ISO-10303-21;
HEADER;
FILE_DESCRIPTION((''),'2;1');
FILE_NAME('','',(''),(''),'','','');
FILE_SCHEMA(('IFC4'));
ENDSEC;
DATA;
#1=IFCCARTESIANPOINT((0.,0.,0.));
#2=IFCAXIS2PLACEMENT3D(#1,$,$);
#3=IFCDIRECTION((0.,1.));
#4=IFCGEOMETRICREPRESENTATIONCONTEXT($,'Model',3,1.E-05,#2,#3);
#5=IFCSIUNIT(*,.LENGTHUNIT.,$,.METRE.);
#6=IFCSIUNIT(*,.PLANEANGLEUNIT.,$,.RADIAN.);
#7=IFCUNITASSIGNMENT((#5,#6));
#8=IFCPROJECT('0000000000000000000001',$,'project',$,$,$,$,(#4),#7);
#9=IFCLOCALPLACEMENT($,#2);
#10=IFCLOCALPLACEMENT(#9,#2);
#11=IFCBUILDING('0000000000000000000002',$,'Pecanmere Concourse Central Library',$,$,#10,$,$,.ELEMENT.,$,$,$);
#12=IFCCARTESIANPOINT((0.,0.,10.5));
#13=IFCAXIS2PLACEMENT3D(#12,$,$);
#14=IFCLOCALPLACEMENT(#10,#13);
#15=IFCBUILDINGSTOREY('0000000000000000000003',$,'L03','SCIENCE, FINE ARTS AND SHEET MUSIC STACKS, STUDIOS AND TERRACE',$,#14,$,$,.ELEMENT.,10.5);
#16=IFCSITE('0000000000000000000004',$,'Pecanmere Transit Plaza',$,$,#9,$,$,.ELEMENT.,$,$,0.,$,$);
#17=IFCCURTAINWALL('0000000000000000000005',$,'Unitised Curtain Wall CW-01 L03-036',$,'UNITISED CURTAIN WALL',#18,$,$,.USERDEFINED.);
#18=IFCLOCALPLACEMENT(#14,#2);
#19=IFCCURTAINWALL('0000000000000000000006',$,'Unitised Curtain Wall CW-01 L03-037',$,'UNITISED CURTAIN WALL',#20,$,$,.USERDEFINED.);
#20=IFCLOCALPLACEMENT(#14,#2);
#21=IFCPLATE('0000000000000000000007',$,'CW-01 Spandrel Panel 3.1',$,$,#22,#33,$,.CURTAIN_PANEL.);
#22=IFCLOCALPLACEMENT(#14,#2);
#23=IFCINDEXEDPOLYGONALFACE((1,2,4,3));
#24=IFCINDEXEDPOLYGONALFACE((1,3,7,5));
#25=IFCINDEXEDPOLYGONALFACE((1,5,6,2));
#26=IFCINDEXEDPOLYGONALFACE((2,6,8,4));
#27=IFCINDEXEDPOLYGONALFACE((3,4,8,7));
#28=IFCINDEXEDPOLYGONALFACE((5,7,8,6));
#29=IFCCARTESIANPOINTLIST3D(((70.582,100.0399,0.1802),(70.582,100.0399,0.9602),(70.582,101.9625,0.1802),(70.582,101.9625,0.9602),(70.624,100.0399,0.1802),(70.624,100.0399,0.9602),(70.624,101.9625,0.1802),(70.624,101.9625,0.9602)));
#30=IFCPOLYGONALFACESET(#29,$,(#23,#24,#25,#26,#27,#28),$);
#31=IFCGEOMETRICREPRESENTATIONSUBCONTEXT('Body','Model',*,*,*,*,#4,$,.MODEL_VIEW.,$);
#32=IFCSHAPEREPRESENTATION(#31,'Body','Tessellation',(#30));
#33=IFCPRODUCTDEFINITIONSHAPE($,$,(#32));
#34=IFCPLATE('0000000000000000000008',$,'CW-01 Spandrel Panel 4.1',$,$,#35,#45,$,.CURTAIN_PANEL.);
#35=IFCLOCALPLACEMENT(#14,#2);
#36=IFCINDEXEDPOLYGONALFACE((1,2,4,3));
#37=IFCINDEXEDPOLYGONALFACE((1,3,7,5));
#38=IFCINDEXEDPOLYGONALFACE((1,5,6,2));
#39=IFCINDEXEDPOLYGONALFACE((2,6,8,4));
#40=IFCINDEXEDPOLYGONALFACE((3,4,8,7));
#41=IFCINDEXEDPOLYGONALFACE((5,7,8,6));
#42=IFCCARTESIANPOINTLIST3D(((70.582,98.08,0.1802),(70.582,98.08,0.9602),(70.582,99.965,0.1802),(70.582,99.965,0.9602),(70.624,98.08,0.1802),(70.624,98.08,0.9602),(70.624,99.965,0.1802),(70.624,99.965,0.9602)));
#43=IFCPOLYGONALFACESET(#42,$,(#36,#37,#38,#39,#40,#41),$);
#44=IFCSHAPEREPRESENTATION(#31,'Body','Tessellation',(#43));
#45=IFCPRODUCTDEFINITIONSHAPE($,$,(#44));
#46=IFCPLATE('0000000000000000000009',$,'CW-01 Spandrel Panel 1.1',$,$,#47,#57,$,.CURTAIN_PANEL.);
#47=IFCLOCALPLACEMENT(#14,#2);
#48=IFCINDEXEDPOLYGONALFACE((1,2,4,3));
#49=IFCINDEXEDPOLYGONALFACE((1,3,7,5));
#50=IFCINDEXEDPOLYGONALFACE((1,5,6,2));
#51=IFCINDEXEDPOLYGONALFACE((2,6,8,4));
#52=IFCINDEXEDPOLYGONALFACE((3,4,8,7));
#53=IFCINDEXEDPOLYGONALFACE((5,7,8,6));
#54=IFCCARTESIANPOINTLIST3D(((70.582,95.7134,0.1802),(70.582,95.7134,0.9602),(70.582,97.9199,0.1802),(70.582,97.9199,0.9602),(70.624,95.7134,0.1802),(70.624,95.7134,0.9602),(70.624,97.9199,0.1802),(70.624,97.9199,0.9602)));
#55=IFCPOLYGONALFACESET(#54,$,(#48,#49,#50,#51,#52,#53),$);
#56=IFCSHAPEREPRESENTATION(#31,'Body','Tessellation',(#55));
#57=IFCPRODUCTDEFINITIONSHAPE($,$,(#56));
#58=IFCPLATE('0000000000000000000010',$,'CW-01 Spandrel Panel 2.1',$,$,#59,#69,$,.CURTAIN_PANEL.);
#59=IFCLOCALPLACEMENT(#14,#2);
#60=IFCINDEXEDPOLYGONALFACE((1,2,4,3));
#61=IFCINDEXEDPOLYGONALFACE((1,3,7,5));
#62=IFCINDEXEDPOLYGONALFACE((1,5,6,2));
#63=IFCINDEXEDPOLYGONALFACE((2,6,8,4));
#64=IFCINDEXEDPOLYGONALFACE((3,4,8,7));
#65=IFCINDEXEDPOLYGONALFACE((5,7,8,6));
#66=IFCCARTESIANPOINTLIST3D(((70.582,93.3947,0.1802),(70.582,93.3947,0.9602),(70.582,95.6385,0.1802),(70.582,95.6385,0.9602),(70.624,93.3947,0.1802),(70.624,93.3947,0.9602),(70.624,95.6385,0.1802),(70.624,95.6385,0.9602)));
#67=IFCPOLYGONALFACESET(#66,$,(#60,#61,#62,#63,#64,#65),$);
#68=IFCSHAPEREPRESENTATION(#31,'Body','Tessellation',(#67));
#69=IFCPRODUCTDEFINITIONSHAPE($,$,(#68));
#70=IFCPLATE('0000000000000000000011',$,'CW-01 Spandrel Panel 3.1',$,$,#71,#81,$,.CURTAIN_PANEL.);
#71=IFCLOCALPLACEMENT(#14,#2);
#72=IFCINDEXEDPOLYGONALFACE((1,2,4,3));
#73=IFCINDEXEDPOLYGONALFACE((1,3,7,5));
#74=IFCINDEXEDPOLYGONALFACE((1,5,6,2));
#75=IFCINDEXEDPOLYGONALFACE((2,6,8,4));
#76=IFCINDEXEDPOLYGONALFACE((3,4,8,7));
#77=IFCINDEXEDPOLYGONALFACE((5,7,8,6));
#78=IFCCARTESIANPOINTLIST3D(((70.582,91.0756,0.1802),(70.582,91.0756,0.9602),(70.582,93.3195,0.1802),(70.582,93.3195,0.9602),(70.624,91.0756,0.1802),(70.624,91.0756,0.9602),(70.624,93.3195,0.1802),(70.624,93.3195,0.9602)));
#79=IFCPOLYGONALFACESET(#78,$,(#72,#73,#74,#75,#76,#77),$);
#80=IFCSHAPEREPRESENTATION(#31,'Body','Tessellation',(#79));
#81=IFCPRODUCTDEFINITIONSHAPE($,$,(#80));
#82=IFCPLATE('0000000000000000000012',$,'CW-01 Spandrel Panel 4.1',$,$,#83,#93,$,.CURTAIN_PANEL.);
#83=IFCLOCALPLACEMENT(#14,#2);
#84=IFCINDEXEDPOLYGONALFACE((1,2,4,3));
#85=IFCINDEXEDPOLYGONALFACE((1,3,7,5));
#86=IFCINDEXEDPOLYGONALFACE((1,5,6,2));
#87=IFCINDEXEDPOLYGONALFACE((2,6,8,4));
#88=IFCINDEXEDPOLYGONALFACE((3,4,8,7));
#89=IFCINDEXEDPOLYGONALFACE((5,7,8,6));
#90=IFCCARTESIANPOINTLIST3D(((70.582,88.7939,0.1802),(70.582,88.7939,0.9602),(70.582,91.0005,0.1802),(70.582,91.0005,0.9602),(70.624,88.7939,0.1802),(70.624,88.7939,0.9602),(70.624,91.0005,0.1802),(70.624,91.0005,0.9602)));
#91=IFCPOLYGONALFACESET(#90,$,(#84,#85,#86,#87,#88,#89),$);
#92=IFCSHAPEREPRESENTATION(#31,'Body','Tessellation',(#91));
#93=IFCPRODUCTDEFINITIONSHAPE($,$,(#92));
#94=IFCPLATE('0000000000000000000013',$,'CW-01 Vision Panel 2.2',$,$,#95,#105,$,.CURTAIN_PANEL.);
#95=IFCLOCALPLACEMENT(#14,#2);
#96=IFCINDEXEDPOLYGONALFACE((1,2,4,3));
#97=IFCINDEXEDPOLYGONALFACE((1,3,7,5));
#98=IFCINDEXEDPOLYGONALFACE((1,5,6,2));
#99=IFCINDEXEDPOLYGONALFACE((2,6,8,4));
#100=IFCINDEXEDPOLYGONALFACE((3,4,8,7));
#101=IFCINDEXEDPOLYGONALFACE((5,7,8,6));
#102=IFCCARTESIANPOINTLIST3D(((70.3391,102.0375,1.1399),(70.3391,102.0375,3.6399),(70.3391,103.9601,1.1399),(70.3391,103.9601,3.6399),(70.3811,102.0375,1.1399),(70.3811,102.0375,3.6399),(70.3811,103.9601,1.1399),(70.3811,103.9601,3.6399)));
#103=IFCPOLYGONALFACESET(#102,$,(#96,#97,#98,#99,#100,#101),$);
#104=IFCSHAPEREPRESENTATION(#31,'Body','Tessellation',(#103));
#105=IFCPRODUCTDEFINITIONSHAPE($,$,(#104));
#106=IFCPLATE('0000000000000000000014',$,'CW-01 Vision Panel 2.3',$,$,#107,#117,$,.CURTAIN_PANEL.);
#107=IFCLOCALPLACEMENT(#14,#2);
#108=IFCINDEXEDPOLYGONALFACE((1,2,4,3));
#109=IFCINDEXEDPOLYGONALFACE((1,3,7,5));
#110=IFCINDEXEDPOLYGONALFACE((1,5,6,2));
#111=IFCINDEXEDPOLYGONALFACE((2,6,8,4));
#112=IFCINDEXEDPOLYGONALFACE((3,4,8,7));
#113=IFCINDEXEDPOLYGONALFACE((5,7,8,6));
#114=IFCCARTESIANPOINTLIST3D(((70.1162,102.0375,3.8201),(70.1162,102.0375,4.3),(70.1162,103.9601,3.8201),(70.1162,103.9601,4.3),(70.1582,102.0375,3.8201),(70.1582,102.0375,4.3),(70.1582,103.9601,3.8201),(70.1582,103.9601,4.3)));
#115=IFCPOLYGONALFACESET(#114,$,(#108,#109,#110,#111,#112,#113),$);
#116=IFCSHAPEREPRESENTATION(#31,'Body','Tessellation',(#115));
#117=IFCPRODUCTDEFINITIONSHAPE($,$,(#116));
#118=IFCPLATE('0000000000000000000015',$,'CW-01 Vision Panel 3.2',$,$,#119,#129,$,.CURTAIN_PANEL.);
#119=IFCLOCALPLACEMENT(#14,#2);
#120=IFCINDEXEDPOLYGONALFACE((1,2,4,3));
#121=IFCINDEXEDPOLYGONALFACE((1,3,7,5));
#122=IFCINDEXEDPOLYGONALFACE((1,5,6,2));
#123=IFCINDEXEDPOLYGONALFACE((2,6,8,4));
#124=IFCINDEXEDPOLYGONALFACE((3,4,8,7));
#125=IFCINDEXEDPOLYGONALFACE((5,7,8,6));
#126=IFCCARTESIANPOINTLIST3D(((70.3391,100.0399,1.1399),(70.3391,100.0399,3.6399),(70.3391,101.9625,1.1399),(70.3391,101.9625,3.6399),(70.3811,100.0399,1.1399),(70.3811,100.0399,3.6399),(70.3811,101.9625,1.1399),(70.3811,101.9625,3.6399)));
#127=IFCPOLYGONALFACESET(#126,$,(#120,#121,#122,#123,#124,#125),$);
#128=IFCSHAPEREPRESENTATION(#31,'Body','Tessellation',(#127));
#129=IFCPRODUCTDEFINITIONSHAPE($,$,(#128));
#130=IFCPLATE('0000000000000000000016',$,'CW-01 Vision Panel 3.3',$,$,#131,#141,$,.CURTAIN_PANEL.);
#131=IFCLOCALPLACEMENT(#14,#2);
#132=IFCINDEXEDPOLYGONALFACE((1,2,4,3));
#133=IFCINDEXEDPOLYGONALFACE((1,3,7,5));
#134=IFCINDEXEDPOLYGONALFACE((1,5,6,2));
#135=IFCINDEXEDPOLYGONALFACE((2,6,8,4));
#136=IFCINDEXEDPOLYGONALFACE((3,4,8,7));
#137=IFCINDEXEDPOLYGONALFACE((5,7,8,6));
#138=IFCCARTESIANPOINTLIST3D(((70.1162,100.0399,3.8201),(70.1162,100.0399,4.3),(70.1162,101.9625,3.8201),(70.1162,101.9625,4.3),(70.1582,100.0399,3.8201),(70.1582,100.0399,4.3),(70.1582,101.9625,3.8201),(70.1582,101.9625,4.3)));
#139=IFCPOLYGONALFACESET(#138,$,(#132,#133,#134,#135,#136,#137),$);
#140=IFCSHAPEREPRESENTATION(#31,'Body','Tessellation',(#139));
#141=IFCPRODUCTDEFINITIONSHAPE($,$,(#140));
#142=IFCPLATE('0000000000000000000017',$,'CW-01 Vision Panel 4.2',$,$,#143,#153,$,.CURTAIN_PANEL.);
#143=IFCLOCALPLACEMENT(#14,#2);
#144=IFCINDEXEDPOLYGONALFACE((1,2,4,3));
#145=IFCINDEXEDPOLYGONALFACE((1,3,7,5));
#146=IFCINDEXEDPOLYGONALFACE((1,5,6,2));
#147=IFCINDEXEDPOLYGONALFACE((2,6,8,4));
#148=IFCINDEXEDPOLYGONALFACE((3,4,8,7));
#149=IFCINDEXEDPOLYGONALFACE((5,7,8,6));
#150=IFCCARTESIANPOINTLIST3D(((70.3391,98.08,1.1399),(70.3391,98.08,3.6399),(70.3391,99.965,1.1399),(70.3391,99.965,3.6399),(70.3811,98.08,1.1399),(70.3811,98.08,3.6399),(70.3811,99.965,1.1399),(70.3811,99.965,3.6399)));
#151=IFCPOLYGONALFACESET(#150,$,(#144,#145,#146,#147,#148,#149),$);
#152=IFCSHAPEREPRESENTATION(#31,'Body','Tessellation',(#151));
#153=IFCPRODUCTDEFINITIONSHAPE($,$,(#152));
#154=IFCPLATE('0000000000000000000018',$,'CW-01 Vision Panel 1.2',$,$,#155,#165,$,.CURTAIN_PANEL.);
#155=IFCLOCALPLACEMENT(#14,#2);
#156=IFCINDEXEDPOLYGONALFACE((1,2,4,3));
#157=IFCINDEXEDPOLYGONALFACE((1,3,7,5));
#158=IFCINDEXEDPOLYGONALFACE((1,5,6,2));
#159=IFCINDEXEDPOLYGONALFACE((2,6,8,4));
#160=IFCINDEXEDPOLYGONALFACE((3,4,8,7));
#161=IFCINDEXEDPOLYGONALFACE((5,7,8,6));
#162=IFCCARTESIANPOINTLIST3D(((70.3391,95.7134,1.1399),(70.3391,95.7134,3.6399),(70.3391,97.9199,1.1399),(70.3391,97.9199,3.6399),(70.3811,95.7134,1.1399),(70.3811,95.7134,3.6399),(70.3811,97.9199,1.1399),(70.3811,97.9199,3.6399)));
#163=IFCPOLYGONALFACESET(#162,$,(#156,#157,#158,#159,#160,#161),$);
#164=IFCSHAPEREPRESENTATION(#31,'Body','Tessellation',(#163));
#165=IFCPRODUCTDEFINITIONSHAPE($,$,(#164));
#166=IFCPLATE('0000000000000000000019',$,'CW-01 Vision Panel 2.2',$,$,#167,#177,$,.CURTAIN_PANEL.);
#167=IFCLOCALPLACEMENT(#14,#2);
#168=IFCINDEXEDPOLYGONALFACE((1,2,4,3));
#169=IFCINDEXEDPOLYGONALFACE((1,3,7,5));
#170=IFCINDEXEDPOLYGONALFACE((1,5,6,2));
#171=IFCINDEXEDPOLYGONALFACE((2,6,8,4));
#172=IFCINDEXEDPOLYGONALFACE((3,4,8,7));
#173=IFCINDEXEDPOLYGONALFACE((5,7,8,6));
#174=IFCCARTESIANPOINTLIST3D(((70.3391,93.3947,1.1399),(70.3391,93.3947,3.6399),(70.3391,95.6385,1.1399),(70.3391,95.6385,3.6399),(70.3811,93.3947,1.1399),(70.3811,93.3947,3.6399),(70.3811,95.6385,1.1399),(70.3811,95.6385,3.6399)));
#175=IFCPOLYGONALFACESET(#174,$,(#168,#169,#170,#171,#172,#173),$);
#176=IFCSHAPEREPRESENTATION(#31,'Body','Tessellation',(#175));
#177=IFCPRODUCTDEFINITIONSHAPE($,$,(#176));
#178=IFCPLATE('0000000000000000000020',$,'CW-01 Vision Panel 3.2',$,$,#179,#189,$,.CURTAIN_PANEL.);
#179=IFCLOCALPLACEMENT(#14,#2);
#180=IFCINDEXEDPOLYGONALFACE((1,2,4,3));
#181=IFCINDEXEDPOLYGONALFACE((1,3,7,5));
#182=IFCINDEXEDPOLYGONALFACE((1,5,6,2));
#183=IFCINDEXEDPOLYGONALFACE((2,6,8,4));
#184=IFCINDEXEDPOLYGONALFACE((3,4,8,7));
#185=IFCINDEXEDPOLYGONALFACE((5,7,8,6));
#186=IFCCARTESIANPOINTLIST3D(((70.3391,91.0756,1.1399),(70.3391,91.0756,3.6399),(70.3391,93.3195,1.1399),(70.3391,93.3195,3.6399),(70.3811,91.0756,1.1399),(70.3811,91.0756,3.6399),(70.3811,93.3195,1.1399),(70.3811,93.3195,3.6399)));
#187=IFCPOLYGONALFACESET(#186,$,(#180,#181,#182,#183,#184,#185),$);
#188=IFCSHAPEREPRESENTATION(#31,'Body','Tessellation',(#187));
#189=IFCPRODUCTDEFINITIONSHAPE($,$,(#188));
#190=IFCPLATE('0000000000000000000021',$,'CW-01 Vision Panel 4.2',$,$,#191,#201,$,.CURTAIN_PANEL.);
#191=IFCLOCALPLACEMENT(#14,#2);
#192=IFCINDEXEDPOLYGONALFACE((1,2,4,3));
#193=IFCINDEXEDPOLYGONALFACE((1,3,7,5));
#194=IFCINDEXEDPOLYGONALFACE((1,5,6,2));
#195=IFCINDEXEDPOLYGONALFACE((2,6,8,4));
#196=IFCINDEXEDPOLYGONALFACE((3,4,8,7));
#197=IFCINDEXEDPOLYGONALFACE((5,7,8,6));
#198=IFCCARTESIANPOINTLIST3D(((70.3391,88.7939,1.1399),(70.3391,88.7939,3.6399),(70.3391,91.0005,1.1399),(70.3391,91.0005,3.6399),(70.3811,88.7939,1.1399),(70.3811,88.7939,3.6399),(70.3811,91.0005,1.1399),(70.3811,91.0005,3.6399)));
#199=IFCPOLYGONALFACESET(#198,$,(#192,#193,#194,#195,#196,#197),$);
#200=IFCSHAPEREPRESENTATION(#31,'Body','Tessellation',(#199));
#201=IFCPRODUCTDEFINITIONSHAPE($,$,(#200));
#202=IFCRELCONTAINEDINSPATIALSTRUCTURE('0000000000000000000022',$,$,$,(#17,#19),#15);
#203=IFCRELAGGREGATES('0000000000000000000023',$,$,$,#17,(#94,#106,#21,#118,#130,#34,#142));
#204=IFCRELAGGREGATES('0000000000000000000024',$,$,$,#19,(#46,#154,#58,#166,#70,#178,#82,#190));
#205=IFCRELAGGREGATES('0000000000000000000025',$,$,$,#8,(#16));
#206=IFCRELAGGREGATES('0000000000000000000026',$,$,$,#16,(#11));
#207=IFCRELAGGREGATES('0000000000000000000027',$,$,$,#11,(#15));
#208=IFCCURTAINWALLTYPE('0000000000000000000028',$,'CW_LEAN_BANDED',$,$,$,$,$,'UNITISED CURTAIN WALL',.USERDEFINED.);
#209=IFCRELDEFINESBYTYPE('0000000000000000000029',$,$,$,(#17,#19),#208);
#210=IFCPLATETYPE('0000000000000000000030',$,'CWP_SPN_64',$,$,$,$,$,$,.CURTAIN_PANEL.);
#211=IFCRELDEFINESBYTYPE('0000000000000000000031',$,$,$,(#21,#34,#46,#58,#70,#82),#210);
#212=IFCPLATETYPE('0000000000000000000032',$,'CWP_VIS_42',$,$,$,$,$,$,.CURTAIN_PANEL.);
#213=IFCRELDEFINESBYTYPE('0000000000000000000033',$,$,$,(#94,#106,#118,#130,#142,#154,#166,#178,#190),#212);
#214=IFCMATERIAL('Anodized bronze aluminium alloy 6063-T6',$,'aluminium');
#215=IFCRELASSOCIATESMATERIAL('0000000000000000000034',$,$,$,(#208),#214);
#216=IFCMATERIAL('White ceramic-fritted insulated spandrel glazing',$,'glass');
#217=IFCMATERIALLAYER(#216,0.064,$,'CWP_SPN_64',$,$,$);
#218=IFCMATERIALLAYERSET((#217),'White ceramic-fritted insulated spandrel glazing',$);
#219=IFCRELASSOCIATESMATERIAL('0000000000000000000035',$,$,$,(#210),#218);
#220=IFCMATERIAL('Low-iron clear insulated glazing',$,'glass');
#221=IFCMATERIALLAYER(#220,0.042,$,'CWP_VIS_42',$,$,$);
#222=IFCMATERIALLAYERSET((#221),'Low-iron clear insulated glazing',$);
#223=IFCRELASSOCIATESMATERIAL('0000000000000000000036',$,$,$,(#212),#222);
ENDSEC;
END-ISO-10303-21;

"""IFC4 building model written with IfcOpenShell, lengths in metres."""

from ifc_helpers import new_model, si_unit, direction, frame, origin, origin_2d, place, context, subcontext, project, spatial, rectangle, extrude, material, layer, layer_set, type_object, element, aggregate, save


model = new_model("IFC4")

# Units and contexts
model_context = context("Model", 3, precision=1e-05, world=origin(), true_north=direction((0.0, 1.0)))
body_context = subcontext(model_context, "Body", "Model", "MODEL_VIEW")
ifc_project = project(units=[si_unit("LENGTHUNIT", "METRE"), si_unit("PLANEANGLEUNIT", "RADIAN")], contexts=[model_context])

# Site, building, storey
site_placement = place(None, origin())
site = spatial("IfcSite", under=ifc_project, at=site_placement, Name="Pecanmere Transit Plaza", CompositionType="ELEMENT", RefElevation=0.0)
building_placement = place(site_placement, origin())
building = spatial("IfcBuilding", under=site, at=building_placement, Name="Pecanmere Concourse Central Library", CompositionType="ELEMENT")
storey_placement = place(building_placement, frame((0.0, 0.0, 10.5)))
storey = spatial("IfcBuildingStorey", under=building, at=storey_placement, Name="L03", Description="SCIENCE, FINE ARTS AND SHEET MUSIC STACKS, STUDIOS AND TERRACE", CompositionType="ELEMENT", Elevation=10.5)

# Curtain walls
ifc_material_1 = material(Name="Anodized bronze aluminium alloy 6063-T6", Category="aluminium")
curtain_wall_type = type_object("IfcCurtainWallType", Name="CW_LEAN_BANDED", ElementType="UNITISED CURTAIN WALL", PredefinedType="USERDEFINED", material=ifc_material_1)
curtain_wall_1_placement = place(storey_placement, origin())
curtain_wall_1 = element("IfcCurtainWall", 1, at=curtain_wall_1_placement, inside=storey, type_object=curtain_wall_type, Name="Unitised Curtain Wall CW-01 L03-036", ObjectType="UNITISED CURTAIN WALL", PredefinedType="USERDEFINED")
curtain_wall_2_placement = place(storey_placement, origin())
curtain_wall_2 = element("IfcCurtainWall", 2, at=curtain_wall_2_placement, inside=storey, type_object=curtain_wall_type, Name="Unitised Curtain Wall CW-01 L03-037", ObjectType="UNITISED CURTAIN WALL", PredefinedType="USERDEFINED")

# Plates
ifc_material_2 = material(Name="White ceramic-fritted insulated spandrel glazing", Category="glass")
ifc_layer_1 = layer(ifc_material_2, 0.064, Name="CWP_SPN_64")
ifc_layer_set_1 = layer_set([ifc_layer_1], Name="White ceramic-fritted insulated spandrel glazing")
plate_type_1 = type_object("IfcPlateType", Name="CWP_SPN_64", PredefinedType="CURTAIN_PANEL", material=ifc_layer_set_1)
plate_1_placement = place(storey_placement, frame((70.603, 101.0012, 0.1802), z_axis=(0.0, 0.0, 1.0), x_axis=(0.0, -1.0, 0.0)))
plate_1 = element("IfcPlate", 3, at=plate_1_placement, type_object=plate_type_1, Name="CW-01 Spandrel Panel 3.1", PredefinedType="CURTAIN_PANEL", context=body_context, shape_type="SweptSolid", body=[
    extrude(rectangle(XDim=1.9226, YDim=0.042, at=origin_2d()), origin(), (0.0, 0.0, 1.0), 0.78),
])
plate_2_placement = place(storey_placement, frame((70.603, 99.0225, 0.1802), z_axis=(0.0, 0.0, 1.0), x_axis=(0.0, -1.0, 0.0)))
plate_2 = element("IfcPlate", 4, at=plate_2_placement, type_object=plate_type_1, Name="CW-01 Spandrel Panel 4.1", PredefinedType="CURTAIN_PANEL", context=body_context, shape_type="SweptSolid", body=[
    extrude(rectangle(XDim=1.885, YDim=0.042, at=origin_2d()), origin(), (0.0, 0.0, 1.0), 0.78),
])
plate_3_placement = place(storey_placement, frame((70.603, 96.8167, 0.1802), z_axis=(0.0, 0.0, 1.0), x_axis=(0.0, -1.0, 0.0)))
plate_3 = element("IfcPlate", 5, at=plate_3_placement, type_object=plate_type_1, Name="CW-01 Spandrel Panel 1.1", PredefinedType="CURTAIN_PANEL", context=body_context, shape_type="SweptSolid", body=[
    extrude(rectangle(XDim=2.2065, YDim=0.042, at=origin_2d()), origin(), (0.0, 0.0, 1.0), 0.78),
])
plate_4_placement = place(storey_placement, frame((70.603, 94.5166, 0.1802), z_axis=(0.0, 0.0, 1.0), x_axis=(0.0, -1.0, 0.0)))
plate_4 = element("IfcPlate", 6, at=plate_4_placement, type_object=plate_type_1, Name="CW-01 Spandrel Panel 2.1", PredefinedType="CURTAIN_PANEL", context=body_context, shape_type="SweptSolid", body=[
    extrude(rectangle(XDim=2.2439, YDim=0.042, at=origin_2d()), origin(), (0.0, 0.0, 1.0), 0.78),
])
plate_5_placement = place(storey_placement, frame((70.603, 92.1975, 0.1802), z_axis=(0.0, 0.0, 1.0), x_axis=(0.0, -1.0, 0.0)))
plate_5 = element("IfcPlate", 7, at=plate_5_placement, type_object=plate_type_1, Name="CW-01 Spandrel Panel 3.1", PredefinedType="CURTAIN_PANEL", context=body_context, shape_type="SweptSolid", body=[
    extrude(rectangle(XDim=2.2439, YDim=0.042, at=origin_2d()), origin(), (0.0, 0.0, 1.0), 0.78),
])
plate_6_placement = place(storey_placement, frame((70.603, 89.8972, 0.1802), z_axis=(0.0, 0.0, 1.0), x_axis=(0.0, -1.0, 0.0)))
plate_6 = element("IfcPlate", 8, at=plate_6_placement, type_object=plate_type_1, Name="CW-01 Spandrel Panel 4.1", PredefinedType="CURTAIN_PANEL", context=body_context, shape_type="SweptSolid", body=[
    extrude(rectangle(XDim=2.2065, YDim=0.042, at=origin_2d()), origin(), (0.0, 0.0, 1.0), 0.78),
])
ifc_material_3 = material(Name="Low-iron clear insulated glazing", Category="glass")
ifc_layer_2 = layer(ifc_material_3, 0.042, Name="CWP_VIS_42")
ifc_layer_set_2 = layer_set([ifc_layer_2], Name="Low-iron clear insulated glazing")
plate_type_2 = type_object("IfcPlateType", Name="CWP_VIS_42", PredefinedType="CURTAIN_PANEL", material=ifc_layer_set_2)
plate_7_placement = place(storey_placement, frame((70.3601, 102.9988, 1.1399), z_axis=(0.0, 0.0, 1.0), x_axis=(0.0, -1.0, 0.0)))
plate_7 = element("IfcPlate", 9, at=plate_7_placement, type_object=plate_type_2, Name="CW-01 Vision Panel 2.2", PredefinedType="CURTAIN_PANEL", context=body_context, shape_type="SweptSolid", body=[
    extrude(rectangle(XDim=1.9226, YDim=0.042, at=origin_2d()), origin(), (0.0, 0.0, 1.0), 2.5),
])
plate_8_placement = place(storey_placement, frame((70.1372, 102.9988, 3.8201), z_axis=(0.0, 0.0, 1.0), x_axis=(0.0, -1.0, 0.0)))
plate_8 = element("IfcPlate", 10, at=plate_8_placement, type_object=plate_type_2, Name="CW-01 Vision Panel 2.3", PredefinedType="CURTAIN_PANEL", context=body_context, shape_type="SweptSolid", body=[
    extrude(rectangle(XDim=1.9226, YDim=0.042, at=origin_2d()), origin(), (0.0, 0.0, 1.0), 0.48),
])
plate_9_placement = place(storey_placement, frame((70.3601, 101.0012, 1.1399), z_axis=(0.0, 0.0, 1.0), x_axis=(0.0, -1.0, 0.0)))
plate_9 = element("IfcPlate", 11, at=plate_9_placement, type_object=plate_type_2, Name="CW-01 Vision Panel 3.2", PredefinedType="CURTAIN_PANEL", context=body_context, shape_type="SweptSolid", body=[
    extrude(rectangle(XDim=1.9226, YDim=0.042, at=origin_2d()), origin(), (0.0, 0.0, 1.0), 2.5),
])
plate_10_placement = place(storey_placement, frame((70.1372, 101.0012, 3.8201), z_axis=(0.0, 0.0, 1.0), x_axis=(0.0, -1.0, 0.0)))
plate_10 = element("IfcPlate", 12, at=plate_10_placement, type_object=plate_type_2, Name="CW-01 Vision Panel 3.3", PredefinedType="CURTAIN_PANEL", context=body_context, shape_type="SweptSolid", body=[
    extrude(rectangle(XDim=1.9226, YDim=0.042, at=origin_2d()), origin(), (0.0, 0.0, 1.0), 0.48),
])
plate_11_placement = place(storey_placement, frame((70.3601, 99.0225, 1.1399), z_axis=(0.0, 0.0, 1.0), x_axis=(0.0, -1.0, 0.0)))
plate_11 = element("IfcPlate", 13, at=plate_11_placement, type_object=plate_type_2, Name="CW-01 Vision Panel 4.2", PredefinedType="CURTAIN_PANEL", context=body_context, shape_type="SweptSolid", body=[
    extrude(rectangle(XDim=1.885, YDim=0.042, at=origin_2d()), origin(), (0.0, 0.0, 1.0), 2.5),
])
aggregate(curtain_wall_1, [plate_7, plate_8, plate_1, plate_9, plate_10, plate_2, plate_11])
plate_12_placement = place(storey_placement, frame((70.3601, 96.8167, 1.1399), z_axis=(0.0, 0.0, 1.0), x_axis=(0.0, -1.0, 0.0)))
plate_12 = element("IfcPlate", 14, at=plate_12_placement, type_object=plate_type_2, Name="CW-01 Vision Panel 1.2", PredefinedType="CURTAIN_PANEL", context=body_context, shape_type="SweptSolid", body=[
    extrude(rectangle(XDim=2.2065, YDim=0.042, at=origin_2d()), origin(), (0.0, 0.0, 1.0), 2.5),
])
plate_13_placement = place(storey_placement, frame((70.3601, 94.5166, 1.1399), z_axis=(0.0, 0.0, 1.0), x_axis=(0.0, -1.0, 0.0)))
plate_13 = element("IfcPlate", 15, at=plate_13_placement, type_object=plate_type_2, Name="CW-01 Vision Panel 2.2", PredefinedType="CURTAIN_PANEL", context=body_context, shape_type="SweptSolid", body=[
    extrude(rectangle(XDim=2.2439, YDim=0.042, at=origin_2d()), origin(), (0.0, 0.0, 1.0), 2.5),
])
plate_14_placement = place(storey_placement, frame((70.3601, 92.1975, 1.1399), z_axis=(0.0, 0.0, 1.0), x_axis=(0.0, -1.0, 0.0)))
plate_14 = element("IfcPlate", 16, at=plate_14_placement, type_object=plate_type_2, Name="CW-01 Vision Panel 3.2", PredefinedType="CURTAIN_PANEL", context=body_context, shape_type="SweptSolid", body=[
    extrude(rectangle(XDim=2.2439, YDim=0.042, at=origin_2d()), origin(), (0.0, 0.0, 1.0), 2.5),
])
plate_15_placement = place(storey_placement, frame((70.3601, 89.8972, 1.1399), z_axis=(0.0, 0.0, 1.0), x_axis=(0.0, -1.0, 0.0)))
plate_15 = element("IfcPlate", 17, at=plate_15_placement, type_object=plate_type_2, Name="CW-01 Vision Panel 4.2", PredefinedType="CURTAIN_PANEL", context=body_context, shape_type="SweptSolid", body=[
    extrude(rectangle(XDim=2.2065, YDim=0.042, at=origin_2d()), origin(), (0.0, 0.0, 1.0), 2.5),
])
aggregate(curtain_wall_2, [plate_3, plate_12, plate_4, plate_13, plate_5, plate_14, plate_6, plate_15])

save(model, "model.ifc")
